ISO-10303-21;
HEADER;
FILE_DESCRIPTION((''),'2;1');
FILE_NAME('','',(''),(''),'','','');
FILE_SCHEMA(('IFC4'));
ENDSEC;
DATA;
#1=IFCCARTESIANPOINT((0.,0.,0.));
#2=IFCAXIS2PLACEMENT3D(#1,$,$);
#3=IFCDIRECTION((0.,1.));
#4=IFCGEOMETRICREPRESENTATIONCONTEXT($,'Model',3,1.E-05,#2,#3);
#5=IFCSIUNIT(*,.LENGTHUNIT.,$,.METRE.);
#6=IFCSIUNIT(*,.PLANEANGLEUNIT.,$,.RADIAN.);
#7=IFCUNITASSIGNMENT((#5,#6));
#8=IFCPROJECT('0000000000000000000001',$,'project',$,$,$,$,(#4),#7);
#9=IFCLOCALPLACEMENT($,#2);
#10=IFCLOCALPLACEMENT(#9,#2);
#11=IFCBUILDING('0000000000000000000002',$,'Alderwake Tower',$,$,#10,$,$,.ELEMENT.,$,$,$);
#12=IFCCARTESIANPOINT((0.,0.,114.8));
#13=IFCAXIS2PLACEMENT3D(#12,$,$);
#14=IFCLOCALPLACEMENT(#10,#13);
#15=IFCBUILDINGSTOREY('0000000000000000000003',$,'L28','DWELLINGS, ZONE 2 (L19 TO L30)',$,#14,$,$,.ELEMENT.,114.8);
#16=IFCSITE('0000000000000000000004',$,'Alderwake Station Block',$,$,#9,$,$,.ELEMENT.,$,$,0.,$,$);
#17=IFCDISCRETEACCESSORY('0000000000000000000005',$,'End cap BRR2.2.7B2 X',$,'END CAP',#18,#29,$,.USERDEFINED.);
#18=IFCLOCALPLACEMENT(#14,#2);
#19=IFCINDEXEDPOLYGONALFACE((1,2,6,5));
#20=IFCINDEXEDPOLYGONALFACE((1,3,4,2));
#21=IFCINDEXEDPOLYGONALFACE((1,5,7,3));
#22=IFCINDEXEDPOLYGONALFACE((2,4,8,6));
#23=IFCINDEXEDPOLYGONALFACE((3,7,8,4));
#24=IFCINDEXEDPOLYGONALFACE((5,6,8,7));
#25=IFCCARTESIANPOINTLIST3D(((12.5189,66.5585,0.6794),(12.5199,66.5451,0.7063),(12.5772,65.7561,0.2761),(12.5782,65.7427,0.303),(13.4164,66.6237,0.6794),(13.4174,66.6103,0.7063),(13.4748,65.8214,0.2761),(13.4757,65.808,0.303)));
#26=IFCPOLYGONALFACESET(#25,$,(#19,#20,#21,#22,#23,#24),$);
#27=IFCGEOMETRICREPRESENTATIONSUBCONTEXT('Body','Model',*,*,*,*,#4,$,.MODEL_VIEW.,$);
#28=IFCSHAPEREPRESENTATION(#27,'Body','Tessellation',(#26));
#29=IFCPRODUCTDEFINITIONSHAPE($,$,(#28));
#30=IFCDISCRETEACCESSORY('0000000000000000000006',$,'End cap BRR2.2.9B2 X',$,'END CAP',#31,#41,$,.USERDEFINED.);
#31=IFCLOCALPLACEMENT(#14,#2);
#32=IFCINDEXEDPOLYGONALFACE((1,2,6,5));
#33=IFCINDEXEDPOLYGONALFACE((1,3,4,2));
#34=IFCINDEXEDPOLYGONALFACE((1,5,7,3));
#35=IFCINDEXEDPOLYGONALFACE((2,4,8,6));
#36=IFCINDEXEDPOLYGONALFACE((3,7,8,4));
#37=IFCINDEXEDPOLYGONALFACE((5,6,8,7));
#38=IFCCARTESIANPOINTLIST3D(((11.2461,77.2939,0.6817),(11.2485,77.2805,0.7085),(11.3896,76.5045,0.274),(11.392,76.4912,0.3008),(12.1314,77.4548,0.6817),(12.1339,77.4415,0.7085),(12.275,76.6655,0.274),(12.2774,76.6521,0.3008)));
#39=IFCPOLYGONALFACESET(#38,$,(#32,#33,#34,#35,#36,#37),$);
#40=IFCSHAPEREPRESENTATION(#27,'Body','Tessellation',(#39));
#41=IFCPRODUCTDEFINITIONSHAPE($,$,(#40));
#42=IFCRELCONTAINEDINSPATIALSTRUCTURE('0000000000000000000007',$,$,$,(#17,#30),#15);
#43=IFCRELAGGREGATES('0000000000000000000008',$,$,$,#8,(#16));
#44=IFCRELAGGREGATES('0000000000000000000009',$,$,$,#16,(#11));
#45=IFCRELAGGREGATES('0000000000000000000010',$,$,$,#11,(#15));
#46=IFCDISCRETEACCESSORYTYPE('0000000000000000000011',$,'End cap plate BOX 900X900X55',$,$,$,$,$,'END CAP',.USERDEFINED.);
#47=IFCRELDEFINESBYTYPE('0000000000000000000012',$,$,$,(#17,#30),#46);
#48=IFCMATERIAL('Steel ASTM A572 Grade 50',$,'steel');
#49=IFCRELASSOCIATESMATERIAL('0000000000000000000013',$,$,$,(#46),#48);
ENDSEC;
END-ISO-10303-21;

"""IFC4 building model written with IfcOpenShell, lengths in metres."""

from ifc_helpers import new_model, si_unit, direction, frame, origin, origin_2d, place, context, subcontext, project, spatial, rectangle, extrude, material, material_profile, profile_set, type_object, element, save


model = new_model("IFC4")

# Units and contexts
model_context = context("Model", 3, precision=1e-05, world=origin(), true_north=direction((0.0, 1.0)))
body_context = subcontext(model_context, "Body", "Model", "MODEL_VIEW")
ifc_project = project(units=[si_unit("LENGTHUNIT", "METRE"), si_unit("PLANEANGLEUNIT", "RADIAN")], contexts=[model_context])

# Site, building, storey
site_placement = place(None, origin())
site = spatial("IfcSite", under=ifc_project, at=site_placement, Name="Alderwake Station Block", CompositionType="ELEMENT", RefElevation=0.0)
building_placement = place(site_placement, origin())
building = spatial("IfcBuilding", under=site, at=building_placement, Name="Alderwake Tower", CompositionType="ELEMENT")
storey_placement = place(building_placement, frame((0.0, 0.0, 114.8)))
storey = spatial("IfcBuildingStorey", under=building, at=storey_placement, Name="L28", Description="DWELLINGS, ZONE 2 (L19 TO L30)", CompositionType="ELEMENT", Elevation=114.8)

# Discrete accessories
ifc_material_1 = material(Name="Steel ASTM A572 Grade 50", Category="steel")
ifc_material_profile_1 = material_profile(ifc_material_1, rectangle(XDim=0.8999, YDim=0.8999, at=origin_2d()), Name="BOX 900X900X55 cap")
ifc_profile_set_1 = profile_set([ifc_material_profile_1], Name="Steel ASTM A572 Grade 50")
discrete_accessory_type = type_object("IfcDiscreteAccessoryType", Name="End cap plate BOX 900X900X55", ElementType="END CAP", PredefinedType="USERDEFINED", material=ifc_profile_set_1)
for number, where, z_axis, x_axis, name in (
    (1, (12.9978, 66.1765, 0.5046), (-0.032507, 0.446977, -0.893954), (-0.997366, -0.072536, 0.0), "End cap BRR2.2.7B2 X"),
    (2, (11.7629, 76.9663, 0.5046), (-0.081044, 0.445742, -0.891485), (-0.98387, -0.178885, 0.0), "End cap BRR2.2.9B2 X"),
):
    element("IfcDiscreteAccessory", number, at=place(storey_placement, frame(where, z_axis=z_axis, x_axis=x_axis)), inside=storey, type_object=discrete_accessory_type, Name=name, ObjectType="END CAP", PredefinedType="USERDEFINED", context=body_context, shape_type="SweptSolid", body=[
        extrude(rectangle(XDim=0.8999, YDim=0.8999, at=origin_2d()), origin(), (0.0, 0.0, 1.0), 0.03),
    ])

save(model, "model.ifc")
